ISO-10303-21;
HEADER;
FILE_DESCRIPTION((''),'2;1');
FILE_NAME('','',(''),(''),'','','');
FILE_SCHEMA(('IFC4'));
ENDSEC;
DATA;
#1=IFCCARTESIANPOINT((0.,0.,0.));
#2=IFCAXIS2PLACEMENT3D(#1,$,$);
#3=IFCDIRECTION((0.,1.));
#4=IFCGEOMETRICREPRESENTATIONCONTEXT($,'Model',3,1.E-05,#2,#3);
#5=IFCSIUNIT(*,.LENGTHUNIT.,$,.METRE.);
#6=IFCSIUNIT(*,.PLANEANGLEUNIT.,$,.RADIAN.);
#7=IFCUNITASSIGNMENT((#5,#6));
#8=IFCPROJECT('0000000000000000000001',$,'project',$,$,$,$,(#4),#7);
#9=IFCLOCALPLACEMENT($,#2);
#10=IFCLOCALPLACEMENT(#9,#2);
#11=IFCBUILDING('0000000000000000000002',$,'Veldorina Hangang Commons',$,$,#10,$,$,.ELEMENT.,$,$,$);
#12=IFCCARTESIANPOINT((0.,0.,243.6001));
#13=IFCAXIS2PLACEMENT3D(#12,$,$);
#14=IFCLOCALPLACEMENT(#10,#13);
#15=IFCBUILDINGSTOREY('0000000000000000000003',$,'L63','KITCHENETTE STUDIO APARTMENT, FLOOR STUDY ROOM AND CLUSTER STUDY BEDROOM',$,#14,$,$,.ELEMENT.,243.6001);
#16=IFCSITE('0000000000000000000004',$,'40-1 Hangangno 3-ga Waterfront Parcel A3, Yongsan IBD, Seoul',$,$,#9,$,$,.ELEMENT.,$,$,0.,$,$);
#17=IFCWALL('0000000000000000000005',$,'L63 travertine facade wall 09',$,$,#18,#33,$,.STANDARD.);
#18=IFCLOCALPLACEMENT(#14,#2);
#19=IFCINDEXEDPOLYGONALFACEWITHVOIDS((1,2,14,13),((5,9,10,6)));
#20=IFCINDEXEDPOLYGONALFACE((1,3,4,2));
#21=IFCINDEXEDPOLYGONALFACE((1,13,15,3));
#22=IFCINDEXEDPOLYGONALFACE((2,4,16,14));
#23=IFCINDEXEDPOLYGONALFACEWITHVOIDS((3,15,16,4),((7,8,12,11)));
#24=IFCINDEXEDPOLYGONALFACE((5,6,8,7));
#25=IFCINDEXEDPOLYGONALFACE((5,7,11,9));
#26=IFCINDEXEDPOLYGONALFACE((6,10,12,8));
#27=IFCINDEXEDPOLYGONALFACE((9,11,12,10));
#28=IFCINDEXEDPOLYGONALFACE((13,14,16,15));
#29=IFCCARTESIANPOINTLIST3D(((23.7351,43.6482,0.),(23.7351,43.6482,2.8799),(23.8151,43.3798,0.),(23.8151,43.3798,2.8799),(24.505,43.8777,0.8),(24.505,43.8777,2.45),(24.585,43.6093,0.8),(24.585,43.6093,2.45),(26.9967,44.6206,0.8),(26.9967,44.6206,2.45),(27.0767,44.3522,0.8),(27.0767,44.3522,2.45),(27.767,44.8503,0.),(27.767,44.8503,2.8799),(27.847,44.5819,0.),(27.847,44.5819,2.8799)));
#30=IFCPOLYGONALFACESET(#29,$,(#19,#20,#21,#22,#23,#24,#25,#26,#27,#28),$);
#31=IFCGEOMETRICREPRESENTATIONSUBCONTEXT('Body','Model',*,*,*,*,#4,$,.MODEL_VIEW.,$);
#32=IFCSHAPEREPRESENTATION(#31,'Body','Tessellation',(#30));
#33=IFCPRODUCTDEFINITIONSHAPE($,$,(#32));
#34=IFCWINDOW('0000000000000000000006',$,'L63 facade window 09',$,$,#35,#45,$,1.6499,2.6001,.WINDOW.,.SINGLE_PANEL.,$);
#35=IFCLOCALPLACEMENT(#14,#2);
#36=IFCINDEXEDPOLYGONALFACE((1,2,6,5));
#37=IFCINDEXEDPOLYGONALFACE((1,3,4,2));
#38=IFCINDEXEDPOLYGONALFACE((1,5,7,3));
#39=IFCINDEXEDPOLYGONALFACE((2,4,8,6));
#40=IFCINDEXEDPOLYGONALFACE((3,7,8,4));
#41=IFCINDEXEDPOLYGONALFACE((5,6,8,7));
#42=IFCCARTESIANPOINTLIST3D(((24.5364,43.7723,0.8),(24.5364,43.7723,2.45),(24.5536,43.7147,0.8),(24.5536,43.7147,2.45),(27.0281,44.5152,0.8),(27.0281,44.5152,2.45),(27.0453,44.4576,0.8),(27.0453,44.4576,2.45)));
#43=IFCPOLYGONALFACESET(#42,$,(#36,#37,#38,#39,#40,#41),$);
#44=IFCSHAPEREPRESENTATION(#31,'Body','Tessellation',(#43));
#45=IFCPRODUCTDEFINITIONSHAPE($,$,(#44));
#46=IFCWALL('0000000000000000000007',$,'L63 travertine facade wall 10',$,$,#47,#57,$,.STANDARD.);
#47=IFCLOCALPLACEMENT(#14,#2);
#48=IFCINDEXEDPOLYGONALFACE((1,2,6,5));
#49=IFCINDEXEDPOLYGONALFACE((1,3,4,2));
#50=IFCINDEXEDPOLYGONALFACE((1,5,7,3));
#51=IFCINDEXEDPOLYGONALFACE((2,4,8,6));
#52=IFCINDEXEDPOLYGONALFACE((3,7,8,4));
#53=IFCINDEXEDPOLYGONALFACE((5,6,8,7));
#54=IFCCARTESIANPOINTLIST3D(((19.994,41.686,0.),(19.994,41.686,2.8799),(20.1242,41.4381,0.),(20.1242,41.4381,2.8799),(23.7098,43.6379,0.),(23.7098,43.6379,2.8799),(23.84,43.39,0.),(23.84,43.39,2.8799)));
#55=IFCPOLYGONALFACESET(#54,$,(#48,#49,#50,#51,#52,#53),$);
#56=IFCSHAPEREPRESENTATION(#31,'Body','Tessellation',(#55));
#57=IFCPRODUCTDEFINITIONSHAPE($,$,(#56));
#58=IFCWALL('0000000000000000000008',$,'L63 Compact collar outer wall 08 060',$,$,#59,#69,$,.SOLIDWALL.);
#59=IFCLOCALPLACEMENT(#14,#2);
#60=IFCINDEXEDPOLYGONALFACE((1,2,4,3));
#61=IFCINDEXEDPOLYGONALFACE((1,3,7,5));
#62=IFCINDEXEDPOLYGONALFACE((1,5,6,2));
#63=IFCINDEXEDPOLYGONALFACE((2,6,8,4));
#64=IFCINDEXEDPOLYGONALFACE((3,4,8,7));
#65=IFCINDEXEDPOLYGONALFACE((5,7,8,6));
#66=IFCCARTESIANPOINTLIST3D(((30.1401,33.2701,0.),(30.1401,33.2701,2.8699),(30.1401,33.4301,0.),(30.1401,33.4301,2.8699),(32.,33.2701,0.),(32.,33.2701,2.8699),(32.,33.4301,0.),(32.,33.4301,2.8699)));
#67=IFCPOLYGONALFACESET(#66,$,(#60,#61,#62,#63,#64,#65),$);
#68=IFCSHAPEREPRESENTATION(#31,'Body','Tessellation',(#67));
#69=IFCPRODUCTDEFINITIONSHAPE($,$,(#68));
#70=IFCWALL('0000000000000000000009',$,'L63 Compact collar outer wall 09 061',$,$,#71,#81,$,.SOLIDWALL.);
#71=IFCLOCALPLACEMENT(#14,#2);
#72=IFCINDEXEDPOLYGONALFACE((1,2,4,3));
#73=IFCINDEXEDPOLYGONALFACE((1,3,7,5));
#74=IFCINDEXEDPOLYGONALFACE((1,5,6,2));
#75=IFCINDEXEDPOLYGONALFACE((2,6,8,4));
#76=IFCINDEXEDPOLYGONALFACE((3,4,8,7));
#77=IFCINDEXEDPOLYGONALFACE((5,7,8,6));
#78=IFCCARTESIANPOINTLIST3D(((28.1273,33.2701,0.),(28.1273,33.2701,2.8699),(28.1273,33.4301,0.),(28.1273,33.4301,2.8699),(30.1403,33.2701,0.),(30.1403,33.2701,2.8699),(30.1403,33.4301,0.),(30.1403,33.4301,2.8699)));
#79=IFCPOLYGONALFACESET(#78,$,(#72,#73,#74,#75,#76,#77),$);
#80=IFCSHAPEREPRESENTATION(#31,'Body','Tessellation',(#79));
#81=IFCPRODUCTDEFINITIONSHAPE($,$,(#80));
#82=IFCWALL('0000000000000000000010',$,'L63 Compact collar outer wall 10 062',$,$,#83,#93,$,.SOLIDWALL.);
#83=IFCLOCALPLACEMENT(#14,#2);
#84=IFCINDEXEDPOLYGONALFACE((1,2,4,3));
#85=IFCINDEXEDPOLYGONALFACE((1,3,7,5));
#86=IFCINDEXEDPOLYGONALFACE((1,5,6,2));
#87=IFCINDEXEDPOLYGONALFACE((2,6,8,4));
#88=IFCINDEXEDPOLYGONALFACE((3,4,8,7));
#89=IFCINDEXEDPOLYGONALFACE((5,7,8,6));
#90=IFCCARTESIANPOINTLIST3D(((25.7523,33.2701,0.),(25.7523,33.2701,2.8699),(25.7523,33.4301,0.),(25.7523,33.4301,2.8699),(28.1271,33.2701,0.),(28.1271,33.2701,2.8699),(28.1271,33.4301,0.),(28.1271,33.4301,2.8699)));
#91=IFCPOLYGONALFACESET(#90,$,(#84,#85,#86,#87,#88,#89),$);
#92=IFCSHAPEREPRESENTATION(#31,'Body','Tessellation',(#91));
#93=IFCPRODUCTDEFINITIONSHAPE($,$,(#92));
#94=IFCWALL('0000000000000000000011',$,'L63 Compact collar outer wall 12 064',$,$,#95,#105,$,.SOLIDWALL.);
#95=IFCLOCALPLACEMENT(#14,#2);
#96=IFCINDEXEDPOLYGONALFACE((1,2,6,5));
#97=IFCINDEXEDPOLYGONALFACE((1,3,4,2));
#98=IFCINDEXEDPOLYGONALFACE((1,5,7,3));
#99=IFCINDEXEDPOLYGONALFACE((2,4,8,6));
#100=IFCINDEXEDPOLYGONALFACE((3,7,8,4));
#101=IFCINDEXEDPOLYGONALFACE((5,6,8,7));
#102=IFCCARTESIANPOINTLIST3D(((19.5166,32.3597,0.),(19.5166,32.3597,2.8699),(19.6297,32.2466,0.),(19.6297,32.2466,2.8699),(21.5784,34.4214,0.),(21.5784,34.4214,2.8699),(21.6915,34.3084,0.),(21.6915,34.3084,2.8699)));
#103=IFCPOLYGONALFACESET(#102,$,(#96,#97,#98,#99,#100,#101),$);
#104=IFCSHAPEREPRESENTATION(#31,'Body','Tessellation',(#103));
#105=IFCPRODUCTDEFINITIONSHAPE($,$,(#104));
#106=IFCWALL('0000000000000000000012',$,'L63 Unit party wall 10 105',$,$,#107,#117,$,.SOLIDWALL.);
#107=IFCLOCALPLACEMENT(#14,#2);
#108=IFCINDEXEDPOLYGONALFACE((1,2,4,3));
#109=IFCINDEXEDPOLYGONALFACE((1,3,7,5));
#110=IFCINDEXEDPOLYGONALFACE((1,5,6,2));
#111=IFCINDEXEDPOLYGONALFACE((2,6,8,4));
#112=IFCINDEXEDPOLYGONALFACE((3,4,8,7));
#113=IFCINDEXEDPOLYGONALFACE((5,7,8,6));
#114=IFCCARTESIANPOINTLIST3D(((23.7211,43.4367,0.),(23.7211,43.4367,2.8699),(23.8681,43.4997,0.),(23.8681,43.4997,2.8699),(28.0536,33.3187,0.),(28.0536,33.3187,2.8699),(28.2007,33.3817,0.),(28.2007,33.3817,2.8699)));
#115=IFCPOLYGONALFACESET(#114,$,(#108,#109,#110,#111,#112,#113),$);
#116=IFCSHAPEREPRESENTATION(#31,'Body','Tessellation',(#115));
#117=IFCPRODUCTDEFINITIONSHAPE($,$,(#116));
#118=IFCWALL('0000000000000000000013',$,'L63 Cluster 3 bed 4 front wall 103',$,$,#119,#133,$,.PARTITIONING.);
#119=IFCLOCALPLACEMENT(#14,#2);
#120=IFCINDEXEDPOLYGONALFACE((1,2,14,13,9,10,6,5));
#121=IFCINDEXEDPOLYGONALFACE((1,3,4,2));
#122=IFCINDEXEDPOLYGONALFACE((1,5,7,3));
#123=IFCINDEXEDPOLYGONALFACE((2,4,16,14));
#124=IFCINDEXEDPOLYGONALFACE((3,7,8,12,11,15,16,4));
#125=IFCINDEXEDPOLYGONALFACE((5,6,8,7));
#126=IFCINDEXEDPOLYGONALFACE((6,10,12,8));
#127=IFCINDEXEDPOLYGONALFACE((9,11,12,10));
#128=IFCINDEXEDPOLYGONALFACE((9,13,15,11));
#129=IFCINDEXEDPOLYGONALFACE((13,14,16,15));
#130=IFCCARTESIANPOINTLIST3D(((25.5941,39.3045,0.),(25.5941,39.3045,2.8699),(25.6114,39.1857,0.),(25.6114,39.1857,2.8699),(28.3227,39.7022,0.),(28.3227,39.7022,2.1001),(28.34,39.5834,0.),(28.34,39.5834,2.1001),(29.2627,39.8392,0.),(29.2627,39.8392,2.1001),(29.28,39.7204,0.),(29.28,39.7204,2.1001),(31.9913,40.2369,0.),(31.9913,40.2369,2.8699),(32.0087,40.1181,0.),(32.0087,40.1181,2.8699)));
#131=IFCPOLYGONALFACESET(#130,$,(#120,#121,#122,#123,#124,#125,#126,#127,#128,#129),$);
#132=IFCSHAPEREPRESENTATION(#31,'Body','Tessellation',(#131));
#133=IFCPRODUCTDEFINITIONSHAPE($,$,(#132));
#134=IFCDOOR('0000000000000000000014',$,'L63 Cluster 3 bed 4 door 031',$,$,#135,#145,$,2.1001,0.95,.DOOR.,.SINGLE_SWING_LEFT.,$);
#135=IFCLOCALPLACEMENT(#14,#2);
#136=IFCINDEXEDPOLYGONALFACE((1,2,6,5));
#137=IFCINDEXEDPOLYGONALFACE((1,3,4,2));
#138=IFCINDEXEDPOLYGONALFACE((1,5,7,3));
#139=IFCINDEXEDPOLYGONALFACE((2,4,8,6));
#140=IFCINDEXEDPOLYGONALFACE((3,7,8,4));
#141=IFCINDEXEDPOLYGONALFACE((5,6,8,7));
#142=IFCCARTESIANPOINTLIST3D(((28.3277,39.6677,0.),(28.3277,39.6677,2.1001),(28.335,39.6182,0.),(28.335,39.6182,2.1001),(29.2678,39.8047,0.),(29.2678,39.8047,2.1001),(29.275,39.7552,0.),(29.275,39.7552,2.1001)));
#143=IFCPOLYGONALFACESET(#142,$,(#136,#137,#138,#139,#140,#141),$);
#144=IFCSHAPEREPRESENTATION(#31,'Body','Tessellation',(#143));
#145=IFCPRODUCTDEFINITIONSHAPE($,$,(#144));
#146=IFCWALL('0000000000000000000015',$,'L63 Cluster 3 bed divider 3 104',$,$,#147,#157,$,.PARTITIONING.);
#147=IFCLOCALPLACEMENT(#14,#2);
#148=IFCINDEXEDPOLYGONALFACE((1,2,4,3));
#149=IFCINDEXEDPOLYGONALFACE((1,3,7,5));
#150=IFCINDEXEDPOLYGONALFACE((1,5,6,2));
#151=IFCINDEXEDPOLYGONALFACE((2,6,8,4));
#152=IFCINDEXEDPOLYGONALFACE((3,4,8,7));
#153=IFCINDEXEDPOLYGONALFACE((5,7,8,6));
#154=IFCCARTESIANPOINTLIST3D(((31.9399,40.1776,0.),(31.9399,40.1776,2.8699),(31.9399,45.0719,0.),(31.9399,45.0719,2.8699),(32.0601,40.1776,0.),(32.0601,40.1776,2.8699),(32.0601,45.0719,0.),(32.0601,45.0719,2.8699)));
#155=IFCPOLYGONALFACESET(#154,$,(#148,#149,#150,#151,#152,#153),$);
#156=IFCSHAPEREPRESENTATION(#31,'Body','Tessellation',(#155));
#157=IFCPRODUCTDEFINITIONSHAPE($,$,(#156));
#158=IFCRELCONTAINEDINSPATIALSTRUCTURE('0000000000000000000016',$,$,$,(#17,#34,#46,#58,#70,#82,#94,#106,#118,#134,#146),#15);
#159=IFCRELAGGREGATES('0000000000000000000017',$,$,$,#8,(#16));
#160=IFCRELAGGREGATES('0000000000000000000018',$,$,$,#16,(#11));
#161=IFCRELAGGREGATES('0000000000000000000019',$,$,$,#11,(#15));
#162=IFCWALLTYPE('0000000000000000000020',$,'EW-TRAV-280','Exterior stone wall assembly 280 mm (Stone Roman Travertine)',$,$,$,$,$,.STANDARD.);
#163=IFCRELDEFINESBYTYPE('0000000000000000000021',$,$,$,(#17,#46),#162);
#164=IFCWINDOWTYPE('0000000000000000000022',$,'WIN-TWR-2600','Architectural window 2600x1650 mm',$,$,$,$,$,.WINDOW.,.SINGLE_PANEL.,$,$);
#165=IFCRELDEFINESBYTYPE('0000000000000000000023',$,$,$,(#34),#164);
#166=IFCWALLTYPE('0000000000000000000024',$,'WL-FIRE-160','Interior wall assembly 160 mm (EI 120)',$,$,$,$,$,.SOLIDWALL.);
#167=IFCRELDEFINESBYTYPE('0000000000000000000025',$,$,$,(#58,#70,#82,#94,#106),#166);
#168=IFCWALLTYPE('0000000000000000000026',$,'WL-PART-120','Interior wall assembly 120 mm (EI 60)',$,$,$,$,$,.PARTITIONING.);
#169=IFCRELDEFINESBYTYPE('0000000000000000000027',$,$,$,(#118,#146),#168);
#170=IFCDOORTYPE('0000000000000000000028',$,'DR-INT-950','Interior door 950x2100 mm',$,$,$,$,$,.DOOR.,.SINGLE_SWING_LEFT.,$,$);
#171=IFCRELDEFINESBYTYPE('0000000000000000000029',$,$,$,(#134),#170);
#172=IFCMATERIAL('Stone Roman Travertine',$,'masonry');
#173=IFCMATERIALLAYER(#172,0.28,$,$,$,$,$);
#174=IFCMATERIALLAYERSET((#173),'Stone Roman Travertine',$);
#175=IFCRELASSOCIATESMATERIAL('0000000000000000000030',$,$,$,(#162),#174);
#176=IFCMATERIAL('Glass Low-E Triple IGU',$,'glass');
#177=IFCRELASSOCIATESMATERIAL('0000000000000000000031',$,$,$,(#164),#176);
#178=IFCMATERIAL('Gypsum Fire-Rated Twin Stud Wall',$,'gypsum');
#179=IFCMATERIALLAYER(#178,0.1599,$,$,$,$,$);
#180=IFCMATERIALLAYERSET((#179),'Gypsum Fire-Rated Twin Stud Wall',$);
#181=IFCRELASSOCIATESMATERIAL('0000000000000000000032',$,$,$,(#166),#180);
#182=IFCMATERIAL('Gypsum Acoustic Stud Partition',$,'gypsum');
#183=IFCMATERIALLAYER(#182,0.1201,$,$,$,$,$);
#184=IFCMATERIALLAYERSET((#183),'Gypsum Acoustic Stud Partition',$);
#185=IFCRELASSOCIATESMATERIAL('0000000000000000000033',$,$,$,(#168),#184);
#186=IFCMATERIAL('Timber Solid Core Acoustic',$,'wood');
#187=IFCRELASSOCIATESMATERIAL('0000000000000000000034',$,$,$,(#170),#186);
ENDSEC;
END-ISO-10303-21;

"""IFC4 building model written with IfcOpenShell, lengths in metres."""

from ifc_helpers import new_model, si_unit, direction, frame, frame_2d, origin, place, context, subcontext, project, spatial, rectangle, extrude, material, layer, layer_set, type_object, element, fill, save


model = new_model("IFC4")

# Units and contexts
model_context = context("Model", 3, precision=1e-05, world=origin(), true_north=direction((0.0, 1.0)))
body_context = subcontext(model_context, "Body", "Model", "MODEL_VIEW")
ifc_project = project(units=[si_unit("LENGTHUNIT", "METRE"), si_unit("PLANEANGLEUNIT", "RADIAN")], contexts=[model_context])

# Site, building, storey
site_placement = place(None, origin())
site = spatial("IfcSite", under=ifc_project, at=site_placement, Name="40-1 Hangangno 3-ga Waterfront Parcel A3, Yongsan IBD, Seoul", CompositionType="ELEMENT", RefElevation=0.0)
building_placement = place(site_placement, origin())
building = spatial("IfcBuilding", under=site, at=building_placement, Name="Veldorina Hangang Commons", CompositionType="ELEMENT")
storey_placement = place(building_placement, frame((0.0, 0.0, 243.6001)))
storey = spatial("IfcBuildingStorey", under=building, at=storey_placement, Name="L63", Description="KITCHENETTE STUDIO APARTMENT, FLOOR STUDY ROOM AND CLUSTER STUDY BEDROOM", CompositionType="ELEMENT", Elevation=243.6001)

# Shared definitions
ifc_material_1 = material(Name="Stone Roman Travertine", Category="masonry")
ifc_layer_1 = layer(ifc_material_1, 0.28)
ifc_layer_set_1 = layer_set([ifc_layer_1], Name="Stone Roman Travertine")
wall_type_1 = type_object("IfcWallType", Name="EW-TRAV-280", Description="Exterior stone wall assembly 280 mm (Stone Roman Travertine)", PredefinedType="STANDARD", material=ifc_layer_set_1)

# Wall, opening, window
wall_1_placement = place(storey_placement, frame((27.8069, 44.7161, 0.0), z_axis=(0.0, 0.0, 1.0), x_axis=(-0.958312, -0.285724, 0.0)))
wall_1 = element("IfcWall", 1, at=wall_1_placement, inside=storey, type_object=wall_type_1, Name="L63 travertine facade wall 09", PredefinedType="STANDARD", context=body_context, shape_type="SweptSolid", body=[
    extrude(rectangle(XDim=4.2073, YDim=0.28, at=frame_2d((2.1035, 0.0))), origin(), (0.0, 0.0, 1.0), 2.8799),
])
opening_1_placement = place(wall_1_placement, frame((0.8037, 0.0, 0.8)))
opening_1 = element("IfcOpeningElement", 2, at=opening_1_placement, cuts=wall_1, PredefinedType="OPENING", context=body_context, shape_type="SweptSolid", body=[
    extrude(rectangle(XDim=2.6001, YDim=1.6499, at=frame_2d((1.3, 0.825))), frame((0.0, 0.1499, 0.0), z_axis=(0.0, -1.0, 0.0), x_axis=(1.0, 0.0, 0.0)), (0.0, 0.0, 1.0), 0.3),
])
ifc_material_2 = material(Name="Glass Low-E Triple IGU", Category="glass")
window_type = type_object("IfcWindowType", Name="WIN-TWR-2600", Description="Architectural window 2600x1650 mm", PartitioningType="SINGLE_PANEL", PredefinedType="WINDOW", material=ifc_material_2)
window_placement = place(opening_1_placement, origin())
window = element("IfcWindow", 3, at=window_placement, inside=storey, type_object=window_type, Name="L63 facade window 09", OverallHeight=1.6499, OverallWidth=2.6001, PartitioningType="SINGLE_PANEL", PredefinedType="WINDOW", context=body_context, shape_type="SweptSolid", body=[
    extrude(rectangle(XDim=2.6001, YDim=1.6499, at=frame_2d((1.3, 0.825))), frame((0.0, 0.03, 0.0), z_axis=(0.0, -1.0, 0.0), x_axis=(1.0, 0.0, 0.0)), (0.0, 0.0, 1.0), 0.0601),
])
fill(opening_1, window)

# Walls
wall_2_placement = place(storey_placement, frame((23.7749, 43.5139, 0.0), z_axis=(0.0, 0.0, 1.0), x_axis=(-0.88529, -0.465039, 0.0)))
element("IfcWall", 4, at=wall_2_placement, inside=storey, type_object=wall_type_1, Name="L63 travertine facade wall 10", PredefinedType="STANDARD", context=body_context, shape_type="SweptSolid", body=[
    extrude(rectangle(XDim=4.1973, YDim=0.28, at=frame_2d((2.0986, 0.0))), origin(), (0.0, 0.0, 1.0), 2.8799),
])
ifc_material_3 = material(Name="Gypsum Fire-Rated Twin Stud Wall", Category="gypsum")
ifc_layer_2 = layer(ifc_material_3, 0.1599)
ifc_layer_set_2 = layer_set([ifc_layer_2], Name="Gypsum Fire-Rated Twin Stud Wall")
wall_type_2 = type_object("IfcWallType", Name="WL-FIRE-160", Description="Interior wall assembly 160 mm (EI 120)", PredefinedType="SOLIDWALL", material=ifc_layer_set_2)
wall_3_placement = place(storey_placement, frame((32.0, 33.3501, 0.0), z_axis=(0.0, 0.0, 1.0), x_axis=(-1.0, 0.0, 0.0)))
element("IfcWall", 5, at=wall_3_placement, inside=storey, type_object=wall_type_2, Name="L63 Compact collar outer wall 08 060", PredefinedType="SOLIDWALL", context=body_context, shape_type="SweptSolid", body=[
    extrude(rectangle(XDim=1.8599, YDim=0.1599, at=frame_2d((0.9299, 0.0))), origin(), (0.0, 0.0, 1.0), 2.8699),
])
wall_4_placement = place(storey_placement, frame((30.1401, 33.3501, 0.0), z_axis=(0.0, 0.0, 1.0), x_axis=(-1.0, 0.0, 0.0)))
element("IfcWall", 6, at=wall_4_placement, inside=storey, type_object=wall_type_2, Name="L63 Compact collar outer wall 09 061", PredefinedType="SOLIDWALL", context=body_context, shape_type="SweptSolid", body=[
    extrude(rectangle(XDim=2.0129, YDim=0.1599, at=frame_2d((1.0063, 0.0))), origin(), (0.0, 0.0, 1.0), 2.8699),
])
wall_5_placement = place(storey_placement, frame((28.1272, 33.3501, 0.0), z_axis=(0.0, 0.0, 1.0), x_axis=(-1.0, 0.0, 0.0)))
element("IfcWall", 7, at=wall_5_placement, inside=storey, type_object=wall_type_2, Name="L63 Compact collar outer wall 10 062", PredefinedType="SOLIDWALL", context=body_context, shape_type="SweptSolid", body=[
    extrude(rectangle(XDim=2.3748, YDim=0.1599, at=frame_2d((1.1875, 0.0))), origin(), (0.0, 0.0, 1.0), 2.8699),
])
wall_6_placement = place(storey_placement, frame((21.635, 34.365, 0.0), z_axis=(0.0, 0.0, 1.0), x_axis=(-0.707107, -0.707107, 0.0)))
element("IfcWall", 8, at=wall_6_placement, inside=storey, type_object=wall_type_2, Name="L63 Compact collar outer wall 12 064", PredefinedType="SOLIDWALL", context=body_context, shape_type="SweptSolid", body=[
    extrude(rectangle(XDim=2.9158, YDim=0.1599, at=frame_2d((1.458, 0.0))), origin(), (0.0, 0.0, 1.0), 2.8699),
])
wall_7_placement = place(storey_placement, frame((28.1272, 33.3501, 0.0), z_axis=(0.0, 0.0, 1.0), x_axis=(-0.393633, 0.919268, 0.0)))
element("IfcWall", 9, at=wall_7_placement, inside=storey, type_object=wall_type_2, Name="L63 Unit party wall 10 105", PredefinedType="SOLIDWALL", context=body_context, shape_type="SweptSolid", body=[
    extrude(rectangle(XDim=11.0066, YDim=0.1599, at=frame_2d((5.5034, 0.0))), origin(), (0.0, 0.0, 1.0), 2.8699),
])

# Wall, opening, door
ifc_material_4 = material(Name="Gypsum Acoustic Stud Partition", Category="gypsum")
ifc_layer_3 = layer(ifc_material_4, 0.1201)
ifc_layer_set_3 = layer_set([ifc_layer_3], Name="Gypsum Acoustic Stud Partition")
wall_type_3 = type_object("IfcWallType", Name="WL-PART-120", Description="Interior wall assembly 120 mm (EI 60)", PredefinedType="PARTITIONING", material=ifc_layer_set_3)
wall_8_placement = place(storey_placement, frame((32.0, 40.1775, 0.0), z_axis=(0.0, 0.0, 1.0), x_axis=(-0.989545, -0.144223, 0.0)))
wall_8 = element("IfcWall", 10, at=wall_8_placement, inside=storey, type_object=wall_type_3, Name="L63 Cluster 3 bed 4 front wall 103", PredefinedType="PARTITIONING", context=body_context, shape_type="SweptSolid", body=[
    extrude(rectangle(XDim=6.4648, YDim=0.1201, at=frame_2d((3.2324, 0.0))), origin(), (0.0, 0.0, 1.0), 2.8699),
])
opening_2_placement = place(wall_8_placement, frame((2.7573, 0.0, 0.0)))
opening_2 = element("IfcOpeningElement", 11, at=opening_2_placement, cuts=wall_8, PredefinedType="OPENING", context=body_context, shape_type="SweptSolid", body=[
    extrude(rectangle(XDim=0.95, YDim=2.1001, at=frame_2d((0.4751, 1.05))), frame((0.0, 0.0701, 0.0), z_axis=(0.0, -1.0, 0.0), x_axis=(1.0, 0.0, 0.0)), (0.0, 0.0, 1.0), 0.1401),
])
ifc_material_5 = material(Name="Timber Solid Core Acoustic", Category="wood")
door_type_1 = type_object("IfcDoorType", Name="DR-INT-950", Description="Interior door 950x2100 mm", OperationType="SINGLE_SWING_LEFT", PredefinedType="DOOR", material=ifc_material_5)
door_1_placement = place(opening_2_placement, origin())
door_1 = element("IfcDoor", 12, at=door_1_placement, inside=storey, type_object=door_type_1, Name="L63 Cluster 3 bed 4 door 031", OperationType="SINGLE_SWING_LEFT", OverallHeight=2.1001, OverallWidth=0.95, PredefinedType="DOOR", context=body_context, shape_type="SweptSolid", body=[
    extrude(rectangle(XDim=0.95, YDim=2.1001, at=frame_2d((0.4751, 1.05))), frame((0.0, 0.0249, 0.0), z_axis=(0.0, -1.0, 0.0), x_axis=(1.0, 0.0, 0.0)), (0.0, 0.0, 1.0), 0.05),
])
fill(opening_2, door_1)

# Wall
wall_9_placement = place(storey_placement, frame((32.0, 40.1775, 0.0), z_axis=(0.0, 0.0, 1.0), x_axis=(0.0, 1.0, 0.0)))
element("IfcWall", 13, at=wall_9_placement, inside=storey, type_object=wall_type_3, Name="L63 Cluster 3 bed divider 3 104", PredefinedType="PARTITIONING", context=body_context, shape_type="SweptSolid", body=[
    extrude(rectangle(XDim=4.8943, YDim=0.1201, at=frame_2d((2.4473, 0.0))), origin(), (0.0, 0.0, 1.0), 2.8699),
])

save(model, "model.ifc")
